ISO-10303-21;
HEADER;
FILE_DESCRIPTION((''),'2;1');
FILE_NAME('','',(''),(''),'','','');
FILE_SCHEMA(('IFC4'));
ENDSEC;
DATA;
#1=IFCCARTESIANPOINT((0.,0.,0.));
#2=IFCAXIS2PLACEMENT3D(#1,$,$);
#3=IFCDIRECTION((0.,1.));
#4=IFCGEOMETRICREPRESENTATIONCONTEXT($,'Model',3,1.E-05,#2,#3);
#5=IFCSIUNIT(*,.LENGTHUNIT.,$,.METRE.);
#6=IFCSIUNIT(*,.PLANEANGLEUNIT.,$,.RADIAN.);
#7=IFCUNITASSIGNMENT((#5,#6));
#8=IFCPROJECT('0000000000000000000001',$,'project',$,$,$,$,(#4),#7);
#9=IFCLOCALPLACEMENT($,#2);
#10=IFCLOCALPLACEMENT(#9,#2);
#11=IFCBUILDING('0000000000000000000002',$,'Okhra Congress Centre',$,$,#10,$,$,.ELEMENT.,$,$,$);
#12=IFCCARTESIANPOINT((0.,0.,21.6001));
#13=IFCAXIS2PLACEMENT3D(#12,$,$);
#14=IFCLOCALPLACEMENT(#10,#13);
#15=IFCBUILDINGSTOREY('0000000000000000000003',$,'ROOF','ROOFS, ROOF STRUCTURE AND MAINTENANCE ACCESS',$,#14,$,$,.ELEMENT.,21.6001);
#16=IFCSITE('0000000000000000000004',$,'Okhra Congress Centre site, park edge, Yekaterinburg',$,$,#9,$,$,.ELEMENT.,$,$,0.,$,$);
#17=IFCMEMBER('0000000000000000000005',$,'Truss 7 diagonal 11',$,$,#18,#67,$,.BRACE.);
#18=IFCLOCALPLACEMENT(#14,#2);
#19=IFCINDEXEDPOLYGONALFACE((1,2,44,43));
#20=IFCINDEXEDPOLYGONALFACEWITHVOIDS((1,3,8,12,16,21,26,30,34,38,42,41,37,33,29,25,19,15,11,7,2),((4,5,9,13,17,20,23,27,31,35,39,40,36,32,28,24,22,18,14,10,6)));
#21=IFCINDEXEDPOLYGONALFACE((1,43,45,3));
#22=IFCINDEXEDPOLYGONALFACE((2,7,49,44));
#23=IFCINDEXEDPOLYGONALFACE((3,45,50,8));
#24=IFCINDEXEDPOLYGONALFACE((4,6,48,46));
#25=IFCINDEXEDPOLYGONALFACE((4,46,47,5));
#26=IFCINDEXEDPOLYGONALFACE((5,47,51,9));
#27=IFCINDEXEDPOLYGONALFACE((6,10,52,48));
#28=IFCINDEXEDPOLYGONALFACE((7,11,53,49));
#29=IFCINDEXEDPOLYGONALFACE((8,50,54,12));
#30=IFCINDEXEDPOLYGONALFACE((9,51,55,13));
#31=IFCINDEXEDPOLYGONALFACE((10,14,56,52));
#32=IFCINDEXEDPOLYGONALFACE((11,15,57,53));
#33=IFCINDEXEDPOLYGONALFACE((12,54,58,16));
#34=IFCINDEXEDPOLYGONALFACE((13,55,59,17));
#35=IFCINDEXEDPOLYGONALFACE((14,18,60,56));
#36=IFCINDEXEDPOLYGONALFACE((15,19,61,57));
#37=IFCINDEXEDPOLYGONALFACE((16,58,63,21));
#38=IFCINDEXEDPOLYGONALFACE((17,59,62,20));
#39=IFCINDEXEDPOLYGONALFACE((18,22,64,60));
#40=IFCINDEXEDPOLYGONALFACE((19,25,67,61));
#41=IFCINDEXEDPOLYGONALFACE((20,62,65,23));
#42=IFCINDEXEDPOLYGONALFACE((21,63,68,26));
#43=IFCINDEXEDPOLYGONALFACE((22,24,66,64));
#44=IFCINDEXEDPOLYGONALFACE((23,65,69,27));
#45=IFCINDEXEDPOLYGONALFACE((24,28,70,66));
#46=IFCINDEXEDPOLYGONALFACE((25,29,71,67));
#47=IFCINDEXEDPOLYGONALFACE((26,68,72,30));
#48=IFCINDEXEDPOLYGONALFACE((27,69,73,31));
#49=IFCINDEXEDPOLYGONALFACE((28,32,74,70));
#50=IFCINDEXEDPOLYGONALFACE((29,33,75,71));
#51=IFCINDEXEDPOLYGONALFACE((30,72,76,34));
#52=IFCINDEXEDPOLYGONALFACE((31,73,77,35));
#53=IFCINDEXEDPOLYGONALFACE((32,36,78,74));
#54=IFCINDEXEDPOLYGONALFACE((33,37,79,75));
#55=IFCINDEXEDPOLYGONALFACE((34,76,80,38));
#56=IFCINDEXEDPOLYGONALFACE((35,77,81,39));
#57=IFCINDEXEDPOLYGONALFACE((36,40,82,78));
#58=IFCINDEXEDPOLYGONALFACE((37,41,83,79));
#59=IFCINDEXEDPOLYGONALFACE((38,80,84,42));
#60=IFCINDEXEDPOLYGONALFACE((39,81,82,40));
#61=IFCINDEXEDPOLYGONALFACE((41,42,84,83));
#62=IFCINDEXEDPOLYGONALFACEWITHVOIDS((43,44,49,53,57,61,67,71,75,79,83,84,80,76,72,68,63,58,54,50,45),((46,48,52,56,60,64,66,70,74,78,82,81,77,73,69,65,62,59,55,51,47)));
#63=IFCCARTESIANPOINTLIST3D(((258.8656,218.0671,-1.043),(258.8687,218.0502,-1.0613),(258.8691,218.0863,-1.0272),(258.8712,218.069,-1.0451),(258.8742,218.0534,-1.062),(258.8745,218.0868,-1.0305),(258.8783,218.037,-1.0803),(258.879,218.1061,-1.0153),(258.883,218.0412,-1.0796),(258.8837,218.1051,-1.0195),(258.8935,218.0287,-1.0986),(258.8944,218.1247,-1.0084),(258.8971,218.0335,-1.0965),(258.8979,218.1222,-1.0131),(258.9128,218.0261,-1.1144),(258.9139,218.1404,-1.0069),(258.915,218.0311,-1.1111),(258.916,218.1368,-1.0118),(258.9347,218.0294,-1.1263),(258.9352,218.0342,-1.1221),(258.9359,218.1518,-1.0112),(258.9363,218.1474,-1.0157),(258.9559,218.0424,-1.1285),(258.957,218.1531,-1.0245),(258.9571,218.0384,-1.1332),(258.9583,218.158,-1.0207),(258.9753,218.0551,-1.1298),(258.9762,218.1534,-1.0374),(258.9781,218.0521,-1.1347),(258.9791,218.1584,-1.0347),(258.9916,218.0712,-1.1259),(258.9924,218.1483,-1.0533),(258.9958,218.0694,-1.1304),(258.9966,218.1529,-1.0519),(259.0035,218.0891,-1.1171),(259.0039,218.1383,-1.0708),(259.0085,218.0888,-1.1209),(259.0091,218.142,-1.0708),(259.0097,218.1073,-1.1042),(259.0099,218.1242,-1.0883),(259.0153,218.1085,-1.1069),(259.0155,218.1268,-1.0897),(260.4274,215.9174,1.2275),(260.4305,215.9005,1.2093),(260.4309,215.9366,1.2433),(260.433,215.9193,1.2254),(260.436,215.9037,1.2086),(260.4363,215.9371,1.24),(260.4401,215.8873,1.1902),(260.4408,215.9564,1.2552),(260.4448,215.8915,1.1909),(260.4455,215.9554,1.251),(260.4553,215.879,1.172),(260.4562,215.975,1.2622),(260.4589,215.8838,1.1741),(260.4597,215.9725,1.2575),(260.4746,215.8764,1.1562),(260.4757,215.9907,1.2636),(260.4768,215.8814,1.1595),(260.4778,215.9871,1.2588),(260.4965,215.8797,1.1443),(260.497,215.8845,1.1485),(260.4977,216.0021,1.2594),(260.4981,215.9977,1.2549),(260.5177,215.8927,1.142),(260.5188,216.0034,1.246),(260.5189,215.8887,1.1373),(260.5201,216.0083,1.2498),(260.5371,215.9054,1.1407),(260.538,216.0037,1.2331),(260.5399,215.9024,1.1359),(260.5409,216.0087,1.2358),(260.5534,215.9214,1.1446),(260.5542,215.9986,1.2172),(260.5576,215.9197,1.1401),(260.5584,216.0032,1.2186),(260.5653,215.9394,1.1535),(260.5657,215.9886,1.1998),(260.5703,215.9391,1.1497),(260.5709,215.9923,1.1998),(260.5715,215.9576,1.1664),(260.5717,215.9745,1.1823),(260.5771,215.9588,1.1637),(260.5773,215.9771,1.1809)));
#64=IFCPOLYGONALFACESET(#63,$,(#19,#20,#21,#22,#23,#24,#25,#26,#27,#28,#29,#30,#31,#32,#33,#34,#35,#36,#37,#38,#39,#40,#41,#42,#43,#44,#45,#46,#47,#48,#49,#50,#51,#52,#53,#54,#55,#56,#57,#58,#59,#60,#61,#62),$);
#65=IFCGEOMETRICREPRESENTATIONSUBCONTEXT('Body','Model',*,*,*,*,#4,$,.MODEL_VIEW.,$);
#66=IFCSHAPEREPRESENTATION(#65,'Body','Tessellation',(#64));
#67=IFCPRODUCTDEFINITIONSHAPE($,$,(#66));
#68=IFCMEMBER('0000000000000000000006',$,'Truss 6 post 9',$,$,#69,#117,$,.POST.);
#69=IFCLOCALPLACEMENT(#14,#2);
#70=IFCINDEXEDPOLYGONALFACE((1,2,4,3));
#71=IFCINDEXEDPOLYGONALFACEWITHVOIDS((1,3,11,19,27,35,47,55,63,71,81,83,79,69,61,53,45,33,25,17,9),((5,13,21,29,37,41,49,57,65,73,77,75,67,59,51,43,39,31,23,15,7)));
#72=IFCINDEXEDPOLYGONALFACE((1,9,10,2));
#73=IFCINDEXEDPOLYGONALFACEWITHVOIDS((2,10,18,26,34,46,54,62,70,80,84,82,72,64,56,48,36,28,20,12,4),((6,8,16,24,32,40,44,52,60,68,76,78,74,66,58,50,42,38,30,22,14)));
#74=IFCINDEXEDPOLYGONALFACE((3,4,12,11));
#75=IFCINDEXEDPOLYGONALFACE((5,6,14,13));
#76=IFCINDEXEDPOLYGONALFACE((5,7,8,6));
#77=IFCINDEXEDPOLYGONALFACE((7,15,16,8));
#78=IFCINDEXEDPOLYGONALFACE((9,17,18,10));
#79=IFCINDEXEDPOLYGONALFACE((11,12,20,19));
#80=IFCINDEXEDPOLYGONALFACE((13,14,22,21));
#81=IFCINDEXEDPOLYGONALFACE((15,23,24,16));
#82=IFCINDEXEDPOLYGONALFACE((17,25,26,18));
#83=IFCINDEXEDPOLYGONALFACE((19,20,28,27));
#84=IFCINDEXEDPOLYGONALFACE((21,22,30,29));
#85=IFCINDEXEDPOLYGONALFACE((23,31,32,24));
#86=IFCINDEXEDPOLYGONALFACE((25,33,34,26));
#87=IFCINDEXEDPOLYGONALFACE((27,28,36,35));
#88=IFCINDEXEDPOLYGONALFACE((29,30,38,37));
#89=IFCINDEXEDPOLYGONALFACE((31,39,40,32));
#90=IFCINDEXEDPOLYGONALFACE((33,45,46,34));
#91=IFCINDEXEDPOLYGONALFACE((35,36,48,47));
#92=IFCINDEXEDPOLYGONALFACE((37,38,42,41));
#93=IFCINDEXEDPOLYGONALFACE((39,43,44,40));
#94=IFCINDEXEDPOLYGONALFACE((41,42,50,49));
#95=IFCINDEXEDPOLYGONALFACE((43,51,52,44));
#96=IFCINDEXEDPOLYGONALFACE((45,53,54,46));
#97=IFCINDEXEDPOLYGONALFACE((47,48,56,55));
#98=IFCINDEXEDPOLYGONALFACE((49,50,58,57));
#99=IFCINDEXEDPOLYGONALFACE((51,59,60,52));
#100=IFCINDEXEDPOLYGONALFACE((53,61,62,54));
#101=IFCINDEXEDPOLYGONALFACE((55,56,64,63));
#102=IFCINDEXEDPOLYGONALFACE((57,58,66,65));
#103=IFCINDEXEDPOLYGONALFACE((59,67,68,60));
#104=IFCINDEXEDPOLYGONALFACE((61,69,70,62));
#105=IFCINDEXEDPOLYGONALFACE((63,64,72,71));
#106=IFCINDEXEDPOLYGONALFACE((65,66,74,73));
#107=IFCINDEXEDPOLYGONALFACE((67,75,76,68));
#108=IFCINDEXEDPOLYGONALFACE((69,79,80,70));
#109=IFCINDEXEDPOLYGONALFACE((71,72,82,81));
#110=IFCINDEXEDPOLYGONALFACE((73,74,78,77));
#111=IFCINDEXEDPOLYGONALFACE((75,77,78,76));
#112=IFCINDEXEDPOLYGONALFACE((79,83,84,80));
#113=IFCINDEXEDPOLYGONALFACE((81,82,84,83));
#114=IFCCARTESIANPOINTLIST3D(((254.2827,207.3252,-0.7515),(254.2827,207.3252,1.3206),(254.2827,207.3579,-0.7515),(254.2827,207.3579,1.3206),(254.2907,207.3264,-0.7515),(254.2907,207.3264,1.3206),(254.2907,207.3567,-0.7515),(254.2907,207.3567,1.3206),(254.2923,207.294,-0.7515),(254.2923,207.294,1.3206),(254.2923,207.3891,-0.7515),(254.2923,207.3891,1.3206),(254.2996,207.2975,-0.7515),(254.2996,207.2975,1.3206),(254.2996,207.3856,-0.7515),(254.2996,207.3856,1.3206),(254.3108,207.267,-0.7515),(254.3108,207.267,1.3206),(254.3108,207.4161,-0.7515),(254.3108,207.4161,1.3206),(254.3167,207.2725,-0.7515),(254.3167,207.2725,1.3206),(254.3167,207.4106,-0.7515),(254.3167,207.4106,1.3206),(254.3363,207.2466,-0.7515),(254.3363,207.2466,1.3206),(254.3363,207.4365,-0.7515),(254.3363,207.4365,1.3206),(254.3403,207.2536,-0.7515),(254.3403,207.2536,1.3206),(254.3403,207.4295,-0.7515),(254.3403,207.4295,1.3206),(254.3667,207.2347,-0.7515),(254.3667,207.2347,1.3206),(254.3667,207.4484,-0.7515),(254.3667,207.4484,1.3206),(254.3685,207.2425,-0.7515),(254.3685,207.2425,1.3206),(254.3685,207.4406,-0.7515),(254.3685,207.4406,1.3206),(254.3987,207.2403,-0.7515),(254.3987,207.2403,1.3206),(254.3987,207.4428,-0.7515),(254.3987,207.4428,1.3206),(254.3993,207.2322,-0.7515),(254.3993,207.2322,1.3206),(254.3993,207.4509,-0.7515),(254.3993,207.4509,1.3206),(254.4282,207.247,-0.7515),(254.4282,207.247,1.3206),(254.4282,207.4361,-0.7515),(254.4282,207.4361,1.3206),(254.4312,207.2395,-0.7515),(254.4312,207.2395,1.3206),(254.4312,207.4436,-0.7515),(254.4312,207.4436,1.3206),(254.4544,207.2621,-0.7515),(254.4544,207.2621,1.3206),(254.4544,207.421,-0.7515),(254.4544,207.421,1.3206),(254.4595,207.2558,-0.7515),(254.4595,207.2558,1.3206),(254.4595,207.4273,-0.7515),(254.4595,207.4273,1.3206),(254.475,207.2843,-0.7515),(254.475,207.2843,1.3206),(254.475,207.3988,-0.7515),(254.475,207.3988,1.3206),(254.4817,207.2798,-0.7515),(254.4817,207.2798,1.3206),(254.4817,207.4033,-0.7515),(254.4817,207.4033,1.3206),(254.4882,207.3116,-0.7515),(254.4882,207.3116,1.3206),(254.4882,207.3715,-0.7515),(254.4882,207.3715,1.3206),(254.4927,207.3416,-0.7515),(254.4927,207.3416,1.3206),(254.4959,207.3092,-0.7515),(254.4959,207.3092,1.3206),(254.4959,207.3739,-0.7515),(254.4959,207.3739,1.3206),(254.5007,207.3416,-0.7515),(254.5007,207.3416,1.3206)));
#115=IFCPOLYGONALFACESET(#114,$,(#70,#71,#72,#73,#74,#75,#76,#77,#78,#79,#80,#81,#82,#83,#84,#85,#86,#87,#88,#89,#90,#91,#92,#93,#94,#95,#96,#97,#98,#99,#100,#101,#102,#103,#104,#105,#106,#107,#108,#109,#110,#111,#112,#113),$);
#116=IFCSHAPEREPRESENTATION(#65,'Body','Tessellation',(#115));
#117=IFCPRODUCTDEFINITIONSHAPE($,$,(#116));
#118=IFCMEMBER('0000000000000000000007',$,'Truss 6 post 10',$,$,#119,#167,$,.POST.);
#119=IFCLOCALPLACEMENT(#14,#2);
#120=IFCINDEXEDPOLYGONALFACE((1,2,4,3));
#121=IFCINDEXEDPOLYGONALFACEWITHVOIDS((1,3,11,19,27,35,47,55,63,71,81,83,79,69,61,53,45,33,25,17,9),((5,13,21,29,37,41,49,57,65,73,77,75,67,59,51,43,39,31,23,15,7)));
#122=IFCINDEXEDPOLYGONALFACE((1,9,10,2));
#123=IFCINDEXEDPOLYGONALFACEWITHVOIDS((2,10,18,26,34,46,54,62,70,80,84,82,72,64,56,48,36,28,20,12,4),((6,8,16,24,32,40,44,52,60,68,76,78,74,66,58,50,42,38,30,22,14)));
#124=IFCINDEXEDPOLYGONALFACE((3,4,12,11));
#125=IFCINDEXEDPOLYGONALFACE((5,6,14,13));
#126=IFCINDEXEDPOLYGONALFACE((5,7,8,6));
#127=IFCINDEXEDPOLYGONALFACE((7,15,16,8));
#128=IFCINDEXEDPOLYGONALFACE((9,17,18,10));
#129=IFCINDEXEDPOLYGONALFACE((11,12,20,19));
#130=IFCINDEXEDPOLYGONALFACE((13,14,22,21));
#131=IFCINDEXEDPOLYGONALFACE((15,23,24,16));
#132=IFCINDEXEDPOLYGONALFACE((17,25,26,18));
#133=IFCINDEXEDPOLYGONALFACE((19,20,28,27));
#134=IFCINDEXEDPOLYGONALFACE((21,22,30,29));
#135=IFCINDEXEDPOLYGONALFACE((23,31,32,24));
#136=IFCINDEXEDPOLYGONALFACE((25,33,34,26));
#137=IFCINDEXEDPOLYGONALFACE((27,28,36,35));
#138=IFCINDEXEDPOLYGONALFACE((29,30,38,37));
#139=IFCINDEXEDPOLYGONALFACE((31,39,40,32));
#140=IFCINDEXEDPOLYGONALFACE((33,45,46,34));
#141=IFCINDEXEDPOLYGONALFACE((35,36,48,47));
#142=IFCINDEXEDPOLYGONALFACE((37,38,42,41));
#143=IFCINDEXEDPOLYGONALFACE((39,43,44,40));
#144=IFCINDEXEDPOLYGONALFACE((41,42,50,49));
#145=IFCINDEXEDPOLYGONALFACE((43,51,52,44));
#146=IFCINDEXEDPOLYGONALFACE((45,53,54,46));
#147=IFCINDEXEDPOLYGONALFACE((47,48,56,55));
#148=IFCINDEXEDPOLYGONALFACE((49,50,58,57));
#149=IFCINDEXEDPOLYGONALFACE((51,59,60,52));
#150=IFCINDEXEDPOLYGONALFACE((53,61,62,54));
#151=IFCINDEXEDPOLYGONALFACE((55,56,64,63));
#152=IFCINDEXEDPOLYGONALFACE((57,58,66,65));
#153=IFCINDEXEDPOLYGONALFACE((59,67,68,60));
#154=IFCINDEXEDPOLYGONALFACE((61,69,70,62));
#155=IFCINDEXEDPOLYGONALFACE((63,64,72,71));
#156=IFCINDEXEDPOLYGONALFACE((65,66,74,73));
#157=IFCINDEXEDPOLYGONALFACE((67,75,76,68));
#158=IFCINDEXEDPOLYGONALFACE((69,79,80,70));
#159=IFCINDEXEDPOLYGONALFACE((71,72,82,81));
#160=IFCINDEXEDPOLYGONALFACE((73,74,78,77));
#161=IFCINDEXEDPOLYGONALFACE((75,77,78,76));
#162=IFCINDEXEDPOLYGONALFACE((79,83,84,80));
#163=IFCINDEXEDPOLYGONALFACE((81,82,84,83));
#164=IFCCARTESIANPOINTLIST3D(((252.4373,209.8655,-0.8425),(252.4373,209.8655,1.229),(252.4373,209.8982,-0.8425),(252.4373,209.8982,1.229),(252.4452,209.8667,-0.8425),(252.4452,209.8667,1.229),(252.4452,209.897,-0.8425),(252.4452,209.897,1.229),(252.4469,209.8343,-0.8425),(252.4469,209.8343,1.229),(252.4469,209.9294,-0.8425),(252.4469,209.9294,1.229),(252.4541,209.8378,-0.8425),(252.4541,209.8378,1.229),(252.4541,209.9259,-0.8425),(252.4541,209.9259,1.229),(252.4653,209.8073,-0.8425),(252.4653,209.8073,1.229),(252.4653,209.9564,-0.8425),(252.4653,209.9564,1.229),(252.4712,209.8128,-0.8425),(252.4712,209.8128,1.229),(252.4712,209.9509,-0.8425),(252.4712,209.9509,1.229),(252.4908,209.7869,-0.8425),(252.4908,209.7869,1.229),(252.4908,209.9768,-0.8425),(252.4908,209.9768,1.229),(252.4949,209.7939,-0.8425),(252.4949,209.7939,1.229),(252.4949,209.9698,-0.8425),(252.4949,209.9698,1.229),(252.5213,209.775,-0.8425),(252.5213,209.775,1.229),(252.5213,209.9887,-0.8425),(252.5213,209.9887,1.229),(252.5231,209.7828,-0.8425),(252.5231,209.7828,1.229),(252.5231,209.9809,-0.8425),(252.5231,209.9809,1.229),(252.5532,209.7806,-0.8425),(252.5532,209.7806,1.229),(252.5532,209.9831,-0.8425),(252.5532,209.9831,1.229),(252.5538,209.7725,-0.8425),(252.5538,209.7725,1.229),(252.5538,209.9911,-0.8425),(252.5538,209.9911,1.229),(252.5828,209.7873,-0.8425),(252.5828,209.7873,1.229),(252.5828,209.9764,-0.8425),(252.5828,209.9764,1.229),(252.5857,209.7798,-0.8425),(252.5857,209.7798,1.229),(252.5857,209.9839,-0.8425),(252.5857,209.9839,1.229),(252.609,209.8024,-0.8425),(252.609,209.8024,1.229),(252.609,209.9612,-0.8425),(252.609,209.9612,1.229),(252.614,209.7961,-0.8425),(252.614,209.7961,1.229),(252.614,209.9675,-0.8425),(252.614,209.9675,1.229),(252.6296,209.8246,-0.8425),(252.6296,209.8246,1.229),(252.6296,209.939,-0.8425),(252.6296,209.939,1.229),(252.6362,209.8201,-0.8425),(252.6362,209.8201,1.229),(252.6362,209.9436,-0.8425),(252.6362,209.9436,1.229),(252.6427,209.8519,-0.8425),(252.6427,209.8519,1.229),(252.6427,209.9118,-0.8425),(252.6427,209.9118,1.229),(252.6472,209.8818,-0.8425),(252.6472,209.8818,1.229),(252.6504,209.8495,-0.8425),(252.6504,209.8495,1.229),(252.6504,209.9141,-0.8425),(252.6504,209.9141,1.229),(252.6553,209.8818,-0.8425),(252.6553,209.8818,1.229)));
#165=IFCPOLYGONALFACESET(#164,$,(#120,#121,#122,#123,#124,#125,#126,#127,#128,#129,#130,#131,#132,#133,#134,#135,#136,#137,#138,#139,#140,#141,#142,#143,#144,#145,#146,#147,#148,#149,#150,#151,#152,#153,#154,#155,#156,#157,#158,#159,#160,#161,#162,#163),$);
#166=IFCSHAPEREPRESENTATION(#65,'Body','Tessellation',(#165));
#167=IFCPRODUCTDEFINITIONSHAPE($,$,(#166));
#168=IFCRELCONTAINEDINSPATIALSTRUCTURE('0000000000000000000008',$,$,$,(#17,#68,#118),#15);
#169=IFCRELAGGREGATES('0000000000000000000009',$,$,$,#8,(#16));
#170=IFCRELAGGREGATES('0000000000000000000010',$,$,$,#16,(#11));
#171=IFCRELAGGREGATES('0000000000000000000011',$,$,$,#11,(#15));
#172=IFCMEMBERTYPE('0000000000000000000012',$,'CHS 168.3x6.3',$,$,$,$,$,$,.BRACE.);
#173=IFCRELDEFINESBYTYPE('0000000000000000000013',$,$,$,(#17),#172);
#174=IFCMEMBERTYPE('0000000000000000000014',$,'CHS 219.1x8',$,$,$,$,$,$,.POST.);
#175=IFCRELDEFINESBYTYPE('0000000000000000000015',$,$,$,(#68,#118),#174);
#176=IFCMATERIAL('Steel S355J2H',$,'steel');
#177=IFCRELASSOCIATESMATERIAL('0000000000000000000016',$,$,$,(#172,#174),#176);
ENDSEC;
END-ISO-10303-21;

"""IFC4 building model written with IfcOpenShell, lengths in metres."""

from ifc_helpers import new_model, si_unit, direction, frame, origin, origin_2d, place, context, subcontext, project, spatial, hollow_circle, extrude, material, material_profile, profile_set, type_object, element, save


model = new_model("IFC4")

# Units and contexts
model_context = context("Model", 3, precision=1e-05, world=origin(), true_north=direction((0.0, 1.0)))
body_context = subcontext(model_context, "Body", "Model", "MODEL_VIEW")
ifc_project = project(units=[si_unit("LENGTHUNIT", "METRE"), si_unit("PLANEANGLEUNIT", "RADIAN")], contexts=[model_context])

# Site, building, storey
site_placement = place(None, origin())
site = spatial("IfcSite", under=ifc_project, at=site_placement, Name="Okhra Congress Centre site, park edge, Yekaterinburg", CompositionType="ELEMENT", RefElevation=0.0)
building_placement = place(site_placement, origin())
building = spatial("IfcBuilding", under=site, at=building_placement, Name="Okhra Congress Centre", CompositionType="ELEMENT")
storey_placement = place(building_placement, frame((0.0, 0.0, 21.6001)))
storey = spatial("IfcBuildingStorey", under=building, at=storey_placement, Name="ROOF", Description="ROOFS, ROOF STRUCTURE AND MAINTENANCE ACCESS", CompositionType="ELEMENT", Elevation=21.6001)

# Members
ifc_material_1 = material(Name="Steel S355J2H", Category="steel")
ifc_material_profile_1 = material_profile(ifc_material_1, hollow_circle(Radius=0.0842, WallThickness=0.0063, at=origin_2d()), Name="CHS 168.3x6.3")
ifc_profile_set_1 = profile_set([ifc_material_profile_1], Name="Steel S355J2H")
member_type_1 = type_object("IfcMemberType", Name="CHS 168.3x6.3", PredefinedType="BRACE", material=ifc_profile_set_1)
for number, where, z_axis, x_axis, name in (
    (1, (258.9409, 218.0925, -1.0708), (0.446852, -0.615058, 0.649636), (0.809026, 0.587773, 0.0), "Truss 7 diagonal 11"),
):
    element("IfcMember", number, at=place(storey_placement, frame(where, z_axis=z_axis, x_axis=x_axis)), inside=storey, type_object=member_type_1, Name=name, PredefinedType="BRACE", context=body_context, shape_type="SweptSolid", body=[
        extrude(hollow_circle(Radius=0.0842, WallThickness=0.0063, at=origin_2d()), origin(), (0.0, 0.0, 1.0), 3.4951),
    ])
ifc_material_profile_2 = material_profile(ifc_material_1, hollow_circle(Radius=0.1096, WallThickness=0.0081, at=origin_2d()), Name="CHS 219.1x8")
ifc_profile_set_2 = profile_set([ifc_material_profile_2], Name="Steel S355J2H")
member_type_2 = type_object("IfcMemberType", Name="CHS 219.1x8", PredefinedType="POST", material=ifc_profile_set_2)
member_1_placement = place(storey_placement, frame((254.3911, 207.3416, -0.7515), z_axis=(0.0, 0.0, 1.0), x_axis=(1.0, 0.0, 0.0)))
element("IfcMember", 2, at=member_1_placement, inside=storey, type_object=member_type_2, Name="Truss 6 post 9", PredefinedType="POST", context=body_context, shape_type="SweptSolid", body=[
    extrude(hollow_circle(Radius=0.1096, WallThickness=0.0081, at=origin_2d()), origin(), (0.0, 0.0, 1.0), 2.072),
])
member_2_placement = place(storey_placement, frame((252.5457, 209.8818, -0.8425), z_axis=(0.0, 0.0, 1.0), x_axis=(1.0, 0.0, 0.0)))
element("IfcMember", 3, at=member_2_placement, inside=storey, type_object=member_type_2, Name="Truss 6 post 10", PredefinedType="POST", context=body_context, shape_type="SweptSolid", body=[
    extrude(hollow_circle(Radius=0.1096, WallThickness=0.0081, at=origin_2d()), origin(), (0.0, 0.0, 1.0), 2.0715),
])

save(model, "model.ifc")
